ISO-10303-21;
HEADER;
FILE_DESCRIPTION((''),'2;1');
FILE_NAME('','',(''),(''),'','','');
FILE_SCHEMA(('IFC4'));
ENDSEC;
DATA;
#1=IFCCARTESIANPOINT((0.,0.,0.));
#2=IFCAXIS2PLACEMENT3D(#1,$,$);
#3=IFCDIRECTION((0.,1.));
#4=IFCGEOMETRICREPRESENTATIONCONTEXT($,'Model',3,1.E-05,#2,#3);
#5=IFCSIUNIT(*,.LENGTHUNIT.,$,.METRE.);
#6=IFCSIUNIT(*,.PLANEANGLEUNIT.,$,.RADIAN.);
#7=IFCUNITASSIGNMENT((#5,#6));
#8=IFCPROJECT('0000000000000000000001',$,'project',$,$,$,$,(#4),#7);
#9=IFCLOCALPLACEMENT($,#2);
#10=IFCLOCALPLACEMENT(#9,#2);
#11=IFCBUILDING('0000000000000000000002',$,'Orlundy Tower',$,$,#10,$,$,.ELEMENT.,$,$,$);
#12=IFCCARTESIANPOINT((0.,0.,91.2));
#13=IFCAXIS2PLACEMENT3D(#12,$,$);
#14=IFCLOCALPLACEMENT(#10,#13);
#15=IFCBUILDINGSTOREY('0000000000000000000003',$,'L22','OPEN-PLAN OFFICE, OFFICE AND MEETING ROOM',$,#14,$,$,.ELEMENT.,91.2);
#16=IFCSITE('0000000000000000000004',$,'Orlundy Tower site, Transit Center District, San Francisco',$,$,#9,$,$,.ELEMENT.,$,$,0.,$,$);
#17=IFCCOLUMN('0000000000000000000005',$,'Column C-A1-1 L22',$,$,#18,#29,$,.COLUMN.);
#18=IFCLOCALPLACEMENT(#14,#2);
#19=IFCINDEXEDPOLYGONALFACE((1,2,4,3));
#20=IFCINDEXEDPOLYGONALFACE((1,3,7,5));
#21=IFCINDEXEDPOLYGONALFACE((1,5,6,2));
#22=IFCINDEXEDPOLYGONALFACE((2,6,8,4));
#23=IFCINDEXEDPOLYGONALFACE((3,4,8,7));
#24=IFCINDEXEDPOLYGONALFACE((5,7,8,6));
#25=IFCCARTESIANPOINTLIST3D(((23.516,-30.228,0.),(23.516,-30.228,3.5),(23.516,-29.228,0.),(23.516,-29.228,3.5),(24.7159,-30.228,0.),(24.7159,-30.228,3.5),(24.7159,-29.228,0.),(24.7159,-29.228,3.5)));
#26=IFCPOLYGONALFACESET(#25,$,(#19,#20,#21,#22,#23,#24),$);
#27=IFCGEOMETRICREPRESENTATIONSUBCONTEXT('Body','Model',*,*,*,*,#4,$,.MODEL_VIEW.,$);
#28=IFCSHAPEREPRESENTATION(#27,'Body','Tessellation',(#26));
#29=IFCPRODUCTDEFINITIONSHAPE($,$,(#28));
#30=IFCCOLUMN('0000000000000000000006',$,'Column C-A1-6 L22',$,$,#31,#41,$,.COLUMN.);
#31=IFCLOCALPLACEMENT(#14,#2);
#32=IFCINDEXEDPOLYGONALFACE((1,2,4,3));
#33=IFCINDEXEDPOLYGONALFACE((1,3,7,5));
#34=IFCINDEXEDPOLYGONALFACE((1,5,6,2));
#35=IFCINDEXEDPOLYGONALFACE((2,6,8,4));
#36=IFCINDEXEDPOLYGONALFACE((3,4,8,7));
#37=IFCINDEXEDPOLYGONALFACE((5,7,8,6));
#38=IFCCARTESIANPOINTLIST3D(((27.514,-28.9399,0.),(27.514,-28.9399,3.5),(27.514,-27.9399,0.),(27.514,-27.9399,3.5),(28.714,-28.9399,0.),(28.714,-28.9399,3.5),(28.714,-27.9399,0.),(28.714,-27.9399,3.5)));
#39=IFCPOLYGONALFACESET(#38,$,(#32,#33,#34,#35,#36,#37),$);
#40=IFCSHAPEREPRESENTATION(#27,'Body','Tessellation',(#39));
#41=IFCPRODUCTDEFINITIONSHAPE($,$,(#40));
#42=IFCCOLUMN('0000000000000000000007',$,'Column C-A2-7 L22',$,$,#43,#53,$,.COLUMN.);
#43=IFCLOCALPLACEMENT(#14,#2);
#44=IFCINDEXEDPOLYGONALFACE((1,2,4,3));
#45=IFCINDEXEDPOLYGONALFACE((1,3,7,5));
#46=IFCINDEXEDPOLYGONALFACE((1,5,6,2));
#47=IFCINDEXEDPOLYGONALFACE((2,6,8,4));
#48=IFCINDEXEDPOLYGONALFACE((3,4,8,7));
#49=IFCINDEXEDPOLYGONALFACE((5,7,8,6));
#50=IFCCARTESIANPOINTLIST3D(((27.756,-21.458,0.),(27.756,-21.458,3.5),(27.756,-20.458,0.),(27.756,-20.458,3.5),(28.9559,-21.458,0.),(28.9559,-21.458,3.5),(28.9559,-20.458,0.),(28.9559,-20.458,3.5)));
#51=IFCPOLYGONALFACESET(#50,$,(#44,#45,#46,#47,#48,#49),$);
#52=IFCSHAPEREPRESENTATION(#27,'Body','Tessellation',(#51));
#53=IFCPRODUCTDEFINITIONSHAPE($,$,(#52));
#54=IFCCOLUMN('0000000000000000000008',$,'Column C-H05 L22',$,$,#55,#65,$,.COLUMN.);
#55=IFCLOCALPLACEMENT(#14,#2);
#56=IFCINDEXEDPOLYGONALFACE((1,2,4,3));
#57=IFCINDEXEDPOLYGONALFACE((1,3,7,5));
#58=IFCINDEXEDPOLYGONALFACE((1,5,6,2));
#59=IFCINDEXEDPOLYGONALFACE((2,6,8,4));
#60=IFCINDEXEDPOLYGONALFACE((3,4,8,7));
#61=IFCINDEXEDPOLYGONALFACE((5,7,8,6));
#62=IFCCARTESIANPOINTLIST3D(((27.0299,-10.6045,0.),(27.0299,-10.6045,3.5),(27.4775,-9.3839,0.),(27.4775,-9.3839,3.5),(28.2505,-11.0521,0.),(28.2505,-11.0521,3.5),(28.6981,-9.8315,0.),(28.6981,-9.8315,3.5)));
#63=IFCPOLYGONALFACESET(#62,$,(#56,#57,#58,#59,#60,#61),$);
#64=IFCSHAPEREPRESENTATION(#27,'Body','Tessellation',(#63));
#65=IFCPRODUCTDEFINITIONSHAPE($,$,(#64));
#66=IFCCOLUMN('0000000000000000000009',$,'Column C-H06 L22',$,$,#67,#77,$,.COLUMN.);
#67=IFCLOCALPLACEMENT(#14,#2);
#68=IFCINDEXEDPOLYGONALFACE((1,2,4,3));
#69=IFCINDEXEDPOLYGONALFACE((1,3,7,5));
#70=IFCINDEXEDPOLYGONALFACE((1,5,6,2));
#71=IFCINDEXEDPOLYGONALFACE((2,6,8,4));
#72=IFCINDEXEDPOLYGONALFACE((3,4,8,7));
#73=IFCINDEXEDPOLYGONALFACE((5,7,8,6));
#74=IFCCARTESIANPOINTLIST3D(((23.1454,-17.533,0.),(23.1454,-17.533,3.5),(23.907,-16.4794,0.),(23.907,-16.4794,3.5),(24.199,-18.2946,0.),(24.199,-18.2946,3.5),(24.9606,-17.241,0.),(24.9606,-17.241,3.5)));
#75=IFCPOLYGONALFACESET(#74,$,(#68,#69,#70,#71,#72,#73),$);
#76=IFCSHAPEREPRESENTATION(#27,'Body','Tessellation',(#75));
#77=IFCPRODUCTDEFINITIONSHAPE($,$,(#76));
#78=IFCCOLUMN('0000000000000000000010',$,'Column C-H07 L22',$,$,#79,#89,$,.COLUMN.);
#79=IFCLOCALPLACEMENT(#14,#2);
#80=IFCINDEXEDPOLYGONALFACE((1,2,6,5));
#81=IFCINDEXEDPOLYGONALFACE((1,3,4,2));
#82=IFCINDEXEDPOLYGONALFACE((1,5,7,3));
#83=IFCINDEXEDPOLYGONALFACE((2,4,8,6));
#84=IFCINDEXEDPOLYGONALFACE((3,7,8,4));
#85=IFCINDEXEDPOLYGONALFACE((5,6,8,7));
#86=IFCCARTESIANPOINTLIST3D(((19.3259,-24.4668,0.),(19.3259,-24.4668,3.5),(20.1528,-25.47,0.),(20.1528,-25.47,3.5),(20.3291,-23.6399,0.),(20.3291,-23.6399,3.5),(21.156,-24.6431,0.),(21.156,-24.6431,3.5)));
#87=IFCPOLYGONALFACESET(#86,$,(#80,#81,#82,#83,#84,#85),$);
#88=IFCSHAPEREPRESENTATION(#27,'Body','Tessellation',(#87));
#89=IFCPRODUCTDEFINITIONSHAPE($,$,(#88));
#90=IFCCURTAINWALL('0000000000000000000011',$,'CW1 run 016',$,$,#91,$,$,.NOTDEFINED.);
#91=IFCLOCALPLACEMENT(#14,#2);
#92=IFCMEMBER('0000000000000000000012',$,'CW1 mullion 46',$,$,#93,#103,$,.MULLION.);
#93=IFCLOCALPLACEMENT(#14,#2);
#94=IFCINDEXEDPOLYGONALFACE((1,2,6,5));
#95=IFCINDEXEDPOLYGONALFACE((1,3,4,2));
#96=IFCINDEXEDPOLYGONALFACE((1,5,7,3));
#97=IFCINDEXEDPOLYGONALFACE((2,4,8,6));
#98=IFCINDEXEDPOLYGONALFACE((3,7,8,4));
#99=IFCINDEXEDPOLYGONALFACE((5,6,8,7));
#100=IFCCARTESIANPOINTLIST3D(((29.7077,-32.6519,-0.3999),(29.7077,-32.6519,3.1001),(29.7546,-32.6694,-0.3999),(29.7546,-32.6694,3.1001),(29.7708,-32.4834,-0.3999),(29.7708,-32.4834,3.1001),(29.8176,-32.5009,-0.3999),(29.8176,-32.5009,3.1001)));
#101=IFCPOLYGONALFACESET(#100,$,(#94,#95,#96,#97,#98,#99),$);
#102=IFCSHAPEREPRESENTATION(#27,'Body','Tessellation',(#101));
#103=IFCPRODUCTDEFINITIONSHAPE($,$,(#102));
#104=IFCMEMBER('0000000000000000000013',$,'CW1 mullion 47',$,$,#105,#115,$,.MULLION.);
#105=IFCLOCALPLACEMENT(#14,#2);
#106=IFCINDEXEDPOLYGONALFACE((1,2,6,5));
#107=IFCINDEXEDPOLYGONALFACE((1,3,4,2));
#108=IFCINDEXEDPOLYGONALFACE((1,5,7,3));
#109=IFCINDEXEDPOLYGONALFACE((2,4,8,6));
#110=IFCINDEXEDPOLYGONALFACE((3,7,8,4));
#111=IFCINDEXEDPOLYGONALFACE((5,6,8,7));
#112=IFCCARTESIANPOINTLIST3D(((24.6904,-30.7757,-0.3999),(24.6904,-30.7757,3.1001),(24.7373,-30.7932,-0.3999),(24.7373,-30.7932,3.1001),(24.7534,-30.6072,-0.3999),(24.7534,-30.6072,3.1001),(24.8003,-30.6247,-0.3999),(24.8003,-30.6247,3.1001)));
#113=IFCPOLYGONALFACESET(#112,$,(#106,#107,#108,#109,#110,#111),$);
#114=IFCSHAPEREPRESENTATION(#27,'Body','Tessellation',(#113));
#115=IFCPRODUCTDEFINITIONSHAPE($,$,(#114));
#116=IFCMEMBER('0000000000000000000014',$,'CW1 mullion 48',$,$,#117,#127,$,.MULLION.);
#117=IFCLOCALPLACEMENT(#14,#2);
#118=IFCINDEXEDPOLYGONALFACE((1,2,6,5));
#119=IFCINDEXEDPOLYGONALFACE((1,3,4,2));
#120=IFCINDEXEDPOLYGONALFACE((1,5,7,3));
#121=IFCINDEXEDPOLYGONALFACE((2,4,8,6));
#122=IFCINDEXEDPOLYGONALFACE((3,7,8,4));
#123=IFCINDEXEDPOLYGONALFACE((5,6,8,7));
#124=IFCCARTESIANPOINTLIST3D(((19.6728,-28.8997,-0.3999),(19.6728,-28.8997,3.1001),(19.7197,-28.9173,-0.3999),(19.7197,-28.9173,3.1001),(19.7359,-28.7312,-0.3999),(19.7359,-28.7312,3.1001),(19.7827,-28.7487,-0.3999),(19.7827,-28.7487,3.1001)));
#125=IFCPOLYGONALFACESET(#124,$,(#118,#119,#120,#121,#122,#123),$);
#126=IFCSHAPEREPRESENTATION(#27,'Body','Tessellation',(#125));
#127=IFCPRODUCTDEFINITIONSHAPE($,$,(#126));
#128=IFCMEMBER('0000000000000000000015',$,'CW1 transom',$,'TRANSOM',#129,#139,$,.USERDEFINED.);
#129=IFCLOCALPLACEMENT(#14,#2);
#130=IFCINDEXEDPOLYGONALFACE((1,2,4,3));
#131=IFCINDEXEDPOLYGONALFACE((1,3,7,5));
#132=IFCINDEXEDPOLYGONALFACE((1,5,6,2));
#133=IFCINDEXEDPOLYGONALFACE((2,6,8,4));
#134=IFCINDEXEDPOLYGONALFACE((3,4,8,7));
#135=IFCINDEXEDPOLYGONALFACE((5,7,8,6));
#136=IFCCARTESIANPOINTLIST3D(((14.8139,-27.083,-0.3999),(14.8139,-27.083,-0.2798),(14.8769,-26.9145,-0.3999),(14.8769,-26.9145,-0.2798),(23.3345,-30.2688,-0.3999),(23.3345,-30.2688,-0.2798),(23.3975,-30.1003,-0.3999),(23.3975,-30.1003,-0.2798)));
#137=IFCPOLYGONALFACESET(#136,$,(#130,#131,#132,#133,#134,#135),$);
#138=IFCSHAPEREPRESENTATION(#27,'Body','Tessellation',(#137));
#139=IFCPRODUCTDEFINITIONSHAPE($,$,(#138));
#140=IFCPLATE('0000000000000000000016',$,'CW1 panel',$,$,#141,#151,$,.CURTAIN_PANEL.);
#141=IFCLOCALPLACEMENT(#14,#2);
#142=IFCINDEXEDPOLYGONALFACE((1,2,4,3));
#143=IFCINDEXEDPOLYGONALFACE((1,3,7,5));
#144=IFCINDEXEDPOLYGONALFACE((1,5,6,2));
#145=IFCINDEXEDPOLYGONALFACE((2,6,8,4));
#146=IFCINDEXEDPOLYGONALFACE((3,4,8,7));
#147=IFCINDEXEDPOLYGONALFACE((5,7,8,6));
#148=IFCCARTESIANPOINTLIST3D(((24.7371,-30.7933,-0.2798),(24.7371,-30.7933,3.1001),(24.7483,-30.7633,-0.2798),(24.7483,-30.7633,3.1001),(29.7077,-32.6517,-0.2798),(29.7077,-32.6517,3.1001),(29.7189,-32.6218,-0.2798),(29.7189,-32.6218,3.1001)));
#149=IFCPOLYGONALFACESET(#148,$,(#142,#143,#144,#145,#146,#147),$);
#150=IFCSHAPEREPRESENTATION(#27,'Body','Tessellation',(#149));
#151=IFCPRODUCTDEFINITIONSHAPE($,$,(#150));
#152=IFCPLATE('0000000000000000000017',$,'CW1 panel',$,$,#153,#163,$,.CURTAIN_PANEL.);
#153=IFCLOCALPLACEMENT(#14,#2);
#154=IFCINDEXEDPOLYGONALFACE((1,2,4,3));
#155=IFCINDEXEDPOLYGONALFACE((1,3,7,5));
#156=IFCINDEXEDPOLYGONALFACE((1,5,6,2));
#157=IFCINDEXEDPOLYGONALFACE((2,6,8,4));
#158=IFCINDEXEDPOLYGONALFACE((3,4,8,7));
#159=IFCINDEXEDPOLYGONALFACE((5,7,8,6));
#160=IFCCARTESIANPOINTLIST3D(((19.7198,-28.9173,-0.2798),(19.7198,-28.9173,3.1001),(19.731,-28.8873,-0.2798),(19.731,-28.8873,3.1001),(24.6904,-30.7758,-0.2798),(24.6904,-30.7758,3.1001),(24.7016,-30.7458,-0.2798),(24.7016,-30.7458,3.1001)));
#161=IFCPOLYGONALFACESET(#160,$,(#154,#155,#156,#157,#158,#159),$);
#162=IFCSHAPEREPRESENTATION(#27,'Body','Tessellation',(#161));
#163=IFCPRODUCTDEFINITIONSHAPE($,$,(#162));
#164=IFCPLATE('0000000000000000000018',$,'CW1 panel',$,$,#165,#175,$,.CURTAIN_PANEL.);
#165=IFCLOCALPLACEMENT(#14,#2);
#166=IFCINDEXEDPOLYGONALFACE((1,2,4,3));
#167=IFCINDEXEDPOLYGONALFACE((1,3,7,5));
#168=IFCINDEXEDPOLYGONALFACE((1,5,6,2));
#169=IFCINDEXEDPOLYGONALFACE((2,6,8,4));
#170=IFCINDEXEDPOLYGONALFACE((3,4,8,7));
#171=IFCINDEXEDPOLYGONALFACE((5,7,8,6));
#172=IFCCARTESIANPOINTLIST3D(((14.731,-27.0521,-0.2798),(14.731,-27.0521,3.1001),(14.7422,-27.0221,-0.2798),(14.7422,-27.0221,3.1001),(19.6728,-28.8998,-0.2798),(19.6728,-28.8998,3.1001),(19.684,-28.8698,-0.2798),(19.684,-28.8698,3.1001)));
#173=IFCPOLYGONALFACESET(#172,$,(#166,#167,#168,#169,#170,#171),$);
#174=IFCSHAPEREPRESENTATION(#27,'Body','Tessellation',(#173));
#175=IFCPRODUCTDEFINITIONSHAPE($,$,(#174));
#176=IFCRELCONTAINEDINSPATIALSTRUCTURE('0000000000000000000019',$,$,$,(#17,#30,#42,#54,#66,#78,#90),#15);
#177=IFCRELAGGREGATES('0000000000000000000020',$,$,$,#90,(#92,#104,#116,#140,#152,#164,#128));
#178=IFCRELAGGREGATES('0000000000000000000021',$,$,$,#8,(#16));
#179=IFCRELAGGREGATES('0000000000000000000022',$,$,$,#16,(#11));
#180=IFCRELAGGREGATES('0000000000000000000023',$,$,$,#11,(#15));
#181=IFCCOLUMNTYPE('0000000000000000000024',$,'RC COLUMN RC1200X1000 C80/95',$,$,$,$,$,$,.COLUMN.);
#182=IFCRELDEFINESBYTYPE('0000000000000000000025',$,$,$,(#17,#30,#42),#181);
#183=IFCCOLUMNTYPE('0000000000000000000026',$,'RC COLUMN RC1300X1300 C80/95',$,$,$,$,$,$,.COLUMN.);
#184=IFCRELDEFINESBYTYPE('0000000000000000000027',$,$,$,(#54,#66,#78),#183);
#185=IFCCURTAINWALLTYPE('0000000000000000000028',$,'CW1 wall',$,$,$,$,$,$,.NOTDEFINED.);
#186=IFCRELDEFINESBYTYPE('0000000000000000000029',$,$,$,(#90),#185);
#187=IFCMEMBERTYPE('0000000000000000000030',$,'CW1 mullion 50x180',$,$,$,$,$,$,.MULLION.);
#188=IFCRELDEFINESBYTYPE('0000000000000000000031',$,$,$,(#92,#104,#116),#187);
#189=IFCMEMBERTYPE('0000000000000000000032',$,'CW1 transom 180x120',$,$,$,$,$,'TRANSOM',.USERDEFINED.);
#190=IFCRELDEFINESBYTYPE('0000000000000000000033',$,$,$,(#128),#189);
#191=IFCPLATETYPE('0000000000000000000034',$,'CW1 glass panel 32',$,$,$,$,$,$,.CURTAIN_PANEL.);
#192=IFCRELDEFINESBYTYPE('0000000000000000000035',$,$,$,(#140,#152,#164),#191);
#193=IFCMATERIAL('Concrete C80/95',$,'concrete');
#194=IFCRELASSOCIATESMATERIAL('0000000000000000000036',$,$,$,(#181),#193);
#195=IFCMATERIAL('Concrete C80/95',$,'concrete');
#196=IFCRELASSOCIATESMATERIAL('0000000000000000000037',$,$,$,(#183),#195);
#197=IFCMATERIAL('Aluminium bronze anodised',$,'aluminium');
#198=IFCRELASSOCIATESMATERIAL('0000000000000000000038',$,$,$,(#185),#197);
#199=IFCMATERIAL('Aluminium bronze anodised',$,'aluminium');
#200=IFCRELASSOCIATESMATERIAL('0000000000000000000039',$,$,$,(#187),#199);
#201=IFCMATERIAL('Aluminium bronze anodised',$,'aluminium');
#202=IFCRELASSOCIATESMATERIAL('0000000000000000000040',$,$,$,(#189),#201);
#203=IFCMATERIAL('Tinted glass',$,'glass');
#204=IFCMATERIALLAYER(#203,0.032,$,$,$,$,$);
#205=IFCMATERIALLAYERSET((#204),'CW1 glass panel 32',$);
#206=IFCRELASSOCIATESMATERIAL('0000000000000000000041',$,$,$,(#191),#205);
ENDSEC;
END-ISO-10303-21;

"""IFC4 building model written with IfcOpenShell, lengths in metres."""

from ifc_helpers import new_model, si_unit, direction, frame, origin, origin_2d, place, context, subcontext, project, spatial, rectangle, extrude, material, layer, layer_set, material_profile, profile_set, type_object, element, aggregate, save


model = new_model("IFC4")

# Units and contexts
model_context = context("Model", 3, precision=1e-05, world=origin(), true_north=direction((0.0, 1.0)))
body_context = subcontext(model_context, "Body", "Model", "MODEL_VIEW")
ifc_project = project(units=[si_unit("LENGTHUNIT", "METRE"), si_unit("PLANEANGLEUNIT", "RADIAN")], contexts=[model_context])

# Site, building, storey
site_placement = place(None, origin())
site = spatial("IfcSite", under=ifc_project, at=site_placement, Name="Orlundy Tower site, Transit Center District, San Francisco", CompositionType="ELEMENT", RefElevation=0.0)
building_placement = place(site_placement, origin())
building = spatial("IfcBuilding", under=site, at=building_placement, Name="Orlundy Tower", CompositionType="ELEMENT")
storey_placement = place(building_placement, frame((0.0, 0.0, 91.2)))
storey = spatial("IfcBuildingStorey", under=building, at=storey_placement, Name="L22", Description="OPEN-PLAN OFFICE, OFFICE AND MEETING ROOM", CompositionType="ELEMENT", Elevation=91.2)

# Columns
ifc_material_1 = material(Name="Concrete C80/95", Category="concrete")
ifc_material_profile_1 = material_profile(ifc_material_1, rectangle(XDim=1.2, YDim=1.0, at=origin_2d()), Name="RC1200X1000")
ifc_profile_set_1 = profile_set([ifc_material_profile_1], Name="Concrete C80/95")
column_type_1 = type_object("IfcColumnType", Name="RC COLUMN RC1200X1000 C80/95", PredefinedType="COLUMN", material=ifc_profile_set_1)
for number, where, z_axis, x_axis, name in (
    (1, (24.116, -29.728, 0.0), (0.0, 0.0, 1.0), (1.0, 0.0, 0.0), "Column C-A1-1 L22"),
    (2, (28.114, -28.4399, 0.0), (0.0, 0.0, 1.0), (1.0, 0.0, 0.0), "Column C-A1-6 L22"),
    (3, (28.356, -20.958, 0.0), (0.0, 0.0, 1.0), (1.0, 0.0, 0.0), "Column C-A2-7 L22"),
):
    element("IfcColumn", number, at=place(storey_placement, frame(where, z_axis=z_axis, x_axis=x_axis)), inside=storey, type_object=column_type_1, Name=name, PredefinedType="COLUMN", context=body_context, shape_type="SweptSolid", body=[
        extrude(rectangle(XDim=1.2, YDim=1.0, at=origin_2d()), origin(), (0.0, 0.0, 1.0), 3.5),
    ])
ifc_material_2 = material(Name="Concrete C80/95", Category="concrete")
ifc_material_profile_2 = material_profile(ifc_material_2, rectangle(XDim=1.3, YDim=1.3, at=origin_2d()), Name="RC1300X1300")
ifc_profile_set_2 = profile_set([ifc_material_profile_2], Name="Concrete C80/95")
column_type_2 = type_object("IfcColumnType", Name="RC COLUMN RC1300X1300 C80/95", PredefinedType="COLUMN", material=ifc_profile_set_2)
for number, where, z_axis, x_axis, name in (
    (4, (27.864, -10.218, 0.0), (0.0, 0.0, 1.0), (0.938866, -0.344282, 0.0), "Column C-H05 L22"),
    (5, (24.053, -17.387, 0.0), (0.0, 0.0, 1.0), (0.81043, -0.585835, 0.0), "Column C-H06 L22"),
    (6, (20.241, -24.5549, 0.0), (0.0, 0.0, 1.0), (0.636065, -0.771636, 0.0), "Column C-H07 L22"),
):
    element("IfcColumn", number, at=place(storey_placement, frame(where, z_axis=z_axis, x_axis=x_axis)), inside=storey, type_object=column_type_2, Name=name, PredefinedType="COLUMN", context=body_context, shape_type="SweptSolid", body=[
        extrude(rectangle(XDim=1.3, YDim=1.3, at=origin_2d()), origin(), (0.0, 0.0, 1.0), 3.5),
    ])

# Curtain wall, members, plates
ifc_material_3 = material(Name="Aluminium bronze anodised", Category="aluminium")
curtain_wall_type = type_object("IfcCurtainWallType", Name="CW1 wall", PredefinedType="NOTDEFINED", material=ifc_material_3)
curtain_wall_placement = place(storey_placement, origin())
curtain_wall = element("IfcCurtainWall", 7, at=curtain_wall_placement, inside=storey, type_object=curtain_wall_type, Name="CW1 run 016", PredefinedType="NOTDEFINED")
ifc_material_4 = material(Name="Aluminium bronze anodised", Category="aluminium")
ifc_material_profile_3 = material_profile(ifc_material_4, rectangle(XDim=0.1799, YDim=0.05, at=origin_2d()), Name="CW1 mullion 50x180")
ifc_profile_set_3 = profile_set([ifc_material_profile_3], Name="Aluminium bronze anodised")
member_type_1 = type_object("IfcMemberType", Name="CW1 mullion 50x180", PredefinedType="MULLION", material=ifc_profile_set_3)
member_1_placement = place(storey_placement, frame((29.7627, -32.5764, -0.3999), z_axis=(0.0, 0.0, 1.0), x_axis=(-0.350219, -0.936668, 0.0)))
member_1 = element("IfcMember", 8, at=member_1_placement, type_object=member_type_1, Name="CW1 mullion 46", PredefinedType="MULLION", context=body_context, shape_type="SweptSolid", body=[
    extrude(rectangle(XDim=0.1799, YDim=0.05, at=origin_2d()), origin(), (0.0, 0.0, 1.0), 3.5),
])
member_2_placement = place(storey_placement, frame((24.7454, -30.7002, -0.3999), z_axis=(0.0, 0.0, 1.0), x_axis=(-0.350219, -0.936668, 0.0)))
member_2 = element("IfcMember", 9, at=member_2_placement, type_object=member_type_1, Name="CW1 mullion 47", PredefinedType="MULLION", context=body_context, shape_type="SweptSolid", body=[
    extrude(rectangle(XDim=0.1799, YDim=0.05, at=origin_2d()), origin(), (0.0, 0.0, 1.0), 3.5),
])
member_3_placement = place(storey_placement, frame((19.7278, -28.8242, -0.3999), z_axis=(0.0, 0.0, 1.0), x_axis=(-0.350219, -0.936668, 0.0)))
member_3 = element("IfcMember", 10, at=member_3_placement, type_object=member_type_1, Name="CW1 mullion 48", PredefinedType="MULLION", context=body_context, shape_type="SweptSolid", body=[
    extrude(rectangle(XDim=0.1799, YDim=0.05, at=origin_2d()), origin(), (0.0, 0.0, 1.0), 3.5),
])
ifc_material_5 = material(Name="Aluminium bronze anodised", Category="aluminium")
ifc_material_profile_4 = material_profile(ifc_material_5, rectangle(XDim=0.1799, YDim=0.1201, at=origin_2d()), Name="CW1 transom 180x120")
ifc_profile_set_4 = profile_set([ifc_material_profile_4], Name="Aluminium bronze anodised")
member_type_2 = type_object("IfcMemberType", Name="CW1 transom 180x120", ElementType="TRANSOM", PredefinedType="USERDEFINED", material=ifc_profile_set_4)
member_4_placement = place(storey_placement, frame((23.366, -30.1846, -0.3398), z_axis=(-0.936668, 0.350217, 0.0), x_axis=(-0.350217, -0.936668, 0.0)))
member_4 = element("IfcMember", 11, at=member_4_placement, type_object=member_type_2, Name="CW1 transom", ObjectType="TRANSOM", PredefinedType="USERDEFINED", context=body_context, shape_type="SweptSolid", body=[
    extrude(rectangle(XDim=0.1799, YDim=0.1201, at=origin_2d()), origin(), (0.0, 0.0, 1.0), 9.0967),
])
ifc_material_6 = material(Name="Tinted glass", Category="glass")
ifc_layer_1 = layer(ifc_material_6, 0.032)
ifc_layer_set_1 = layer_set([ifc_layer_1], Name="CW1 glass panel 32")
plate_type = type_object("IfcPlateType", Name="CW1 glass panel 32", PredefinedType="CURTAIN_PANEL", material=ifc_layer_set_1)
plate_1_placement = place(storey_placement, frame((27.228, -31.7075, -0.2798), z_axis=(0.0, 0.0, 1.0), x_axis=(-0.936668, 0.350219, 0.0)))
plate_1 = element("IfcPlate", 12, at=plate_1_placement, type_object=plate_type, Name="CW1 panel", PredefinedType="CURTAIN_PANEL", context=body_context, shape_type="SweptSolid", body=[
    extrude(rectangle(XDim=5.3066, YDim=0.032, at=origin_2d()), origin(), (0.0, 0.0, 1.0), 3.3799),
])
plate_2_placement = place(storey_placement, frame((22.2107, -29.8315, -0.2798), z_axis=(0.0, 0.0, 1.0), x_axis=(-0.936668, 0.350219, 0.0)))
plate_2 = element("IfcPlate", 13, at=plate_2_placement, type_object=plate_type, Name="CW1 panel", PredefinedType="CURTAIN_PANEL", context=body_context, shape_type="SweptSolid", body=[
    extrude(rectangle(XDim=5.3066, YDim=0.032, at=origin_2d()), origin(), (0.0, 0.0, 1.0), 3.3799),
])
plate_3_placement = place(storey_placement, frame((17.2075, -27.9609, -0.2798), z_axis=(0.0, 0.0, 1.0), x_axis=(-0.936668, 0.350219, 0.0)))
plate_3 = element("IfcPlate", 14, at=plate_3_placement, type_object=plate_type, Name="CW1 panel", PredefinedType="CURTAIN_PANEL", context=body_context, shape_type="SweptSolid", body=[
    extrude(rectangle(XDim=5.2759, YDim=0.032, at=origin_2d()), origin(), (0.0, 0.0, 1.0), 3.3799),
])
aggregate(curtain_wall, [member_1, member_2, member_3, plate_1, plate_2, plate_3, member_4])

save(model, "model.ifc")
